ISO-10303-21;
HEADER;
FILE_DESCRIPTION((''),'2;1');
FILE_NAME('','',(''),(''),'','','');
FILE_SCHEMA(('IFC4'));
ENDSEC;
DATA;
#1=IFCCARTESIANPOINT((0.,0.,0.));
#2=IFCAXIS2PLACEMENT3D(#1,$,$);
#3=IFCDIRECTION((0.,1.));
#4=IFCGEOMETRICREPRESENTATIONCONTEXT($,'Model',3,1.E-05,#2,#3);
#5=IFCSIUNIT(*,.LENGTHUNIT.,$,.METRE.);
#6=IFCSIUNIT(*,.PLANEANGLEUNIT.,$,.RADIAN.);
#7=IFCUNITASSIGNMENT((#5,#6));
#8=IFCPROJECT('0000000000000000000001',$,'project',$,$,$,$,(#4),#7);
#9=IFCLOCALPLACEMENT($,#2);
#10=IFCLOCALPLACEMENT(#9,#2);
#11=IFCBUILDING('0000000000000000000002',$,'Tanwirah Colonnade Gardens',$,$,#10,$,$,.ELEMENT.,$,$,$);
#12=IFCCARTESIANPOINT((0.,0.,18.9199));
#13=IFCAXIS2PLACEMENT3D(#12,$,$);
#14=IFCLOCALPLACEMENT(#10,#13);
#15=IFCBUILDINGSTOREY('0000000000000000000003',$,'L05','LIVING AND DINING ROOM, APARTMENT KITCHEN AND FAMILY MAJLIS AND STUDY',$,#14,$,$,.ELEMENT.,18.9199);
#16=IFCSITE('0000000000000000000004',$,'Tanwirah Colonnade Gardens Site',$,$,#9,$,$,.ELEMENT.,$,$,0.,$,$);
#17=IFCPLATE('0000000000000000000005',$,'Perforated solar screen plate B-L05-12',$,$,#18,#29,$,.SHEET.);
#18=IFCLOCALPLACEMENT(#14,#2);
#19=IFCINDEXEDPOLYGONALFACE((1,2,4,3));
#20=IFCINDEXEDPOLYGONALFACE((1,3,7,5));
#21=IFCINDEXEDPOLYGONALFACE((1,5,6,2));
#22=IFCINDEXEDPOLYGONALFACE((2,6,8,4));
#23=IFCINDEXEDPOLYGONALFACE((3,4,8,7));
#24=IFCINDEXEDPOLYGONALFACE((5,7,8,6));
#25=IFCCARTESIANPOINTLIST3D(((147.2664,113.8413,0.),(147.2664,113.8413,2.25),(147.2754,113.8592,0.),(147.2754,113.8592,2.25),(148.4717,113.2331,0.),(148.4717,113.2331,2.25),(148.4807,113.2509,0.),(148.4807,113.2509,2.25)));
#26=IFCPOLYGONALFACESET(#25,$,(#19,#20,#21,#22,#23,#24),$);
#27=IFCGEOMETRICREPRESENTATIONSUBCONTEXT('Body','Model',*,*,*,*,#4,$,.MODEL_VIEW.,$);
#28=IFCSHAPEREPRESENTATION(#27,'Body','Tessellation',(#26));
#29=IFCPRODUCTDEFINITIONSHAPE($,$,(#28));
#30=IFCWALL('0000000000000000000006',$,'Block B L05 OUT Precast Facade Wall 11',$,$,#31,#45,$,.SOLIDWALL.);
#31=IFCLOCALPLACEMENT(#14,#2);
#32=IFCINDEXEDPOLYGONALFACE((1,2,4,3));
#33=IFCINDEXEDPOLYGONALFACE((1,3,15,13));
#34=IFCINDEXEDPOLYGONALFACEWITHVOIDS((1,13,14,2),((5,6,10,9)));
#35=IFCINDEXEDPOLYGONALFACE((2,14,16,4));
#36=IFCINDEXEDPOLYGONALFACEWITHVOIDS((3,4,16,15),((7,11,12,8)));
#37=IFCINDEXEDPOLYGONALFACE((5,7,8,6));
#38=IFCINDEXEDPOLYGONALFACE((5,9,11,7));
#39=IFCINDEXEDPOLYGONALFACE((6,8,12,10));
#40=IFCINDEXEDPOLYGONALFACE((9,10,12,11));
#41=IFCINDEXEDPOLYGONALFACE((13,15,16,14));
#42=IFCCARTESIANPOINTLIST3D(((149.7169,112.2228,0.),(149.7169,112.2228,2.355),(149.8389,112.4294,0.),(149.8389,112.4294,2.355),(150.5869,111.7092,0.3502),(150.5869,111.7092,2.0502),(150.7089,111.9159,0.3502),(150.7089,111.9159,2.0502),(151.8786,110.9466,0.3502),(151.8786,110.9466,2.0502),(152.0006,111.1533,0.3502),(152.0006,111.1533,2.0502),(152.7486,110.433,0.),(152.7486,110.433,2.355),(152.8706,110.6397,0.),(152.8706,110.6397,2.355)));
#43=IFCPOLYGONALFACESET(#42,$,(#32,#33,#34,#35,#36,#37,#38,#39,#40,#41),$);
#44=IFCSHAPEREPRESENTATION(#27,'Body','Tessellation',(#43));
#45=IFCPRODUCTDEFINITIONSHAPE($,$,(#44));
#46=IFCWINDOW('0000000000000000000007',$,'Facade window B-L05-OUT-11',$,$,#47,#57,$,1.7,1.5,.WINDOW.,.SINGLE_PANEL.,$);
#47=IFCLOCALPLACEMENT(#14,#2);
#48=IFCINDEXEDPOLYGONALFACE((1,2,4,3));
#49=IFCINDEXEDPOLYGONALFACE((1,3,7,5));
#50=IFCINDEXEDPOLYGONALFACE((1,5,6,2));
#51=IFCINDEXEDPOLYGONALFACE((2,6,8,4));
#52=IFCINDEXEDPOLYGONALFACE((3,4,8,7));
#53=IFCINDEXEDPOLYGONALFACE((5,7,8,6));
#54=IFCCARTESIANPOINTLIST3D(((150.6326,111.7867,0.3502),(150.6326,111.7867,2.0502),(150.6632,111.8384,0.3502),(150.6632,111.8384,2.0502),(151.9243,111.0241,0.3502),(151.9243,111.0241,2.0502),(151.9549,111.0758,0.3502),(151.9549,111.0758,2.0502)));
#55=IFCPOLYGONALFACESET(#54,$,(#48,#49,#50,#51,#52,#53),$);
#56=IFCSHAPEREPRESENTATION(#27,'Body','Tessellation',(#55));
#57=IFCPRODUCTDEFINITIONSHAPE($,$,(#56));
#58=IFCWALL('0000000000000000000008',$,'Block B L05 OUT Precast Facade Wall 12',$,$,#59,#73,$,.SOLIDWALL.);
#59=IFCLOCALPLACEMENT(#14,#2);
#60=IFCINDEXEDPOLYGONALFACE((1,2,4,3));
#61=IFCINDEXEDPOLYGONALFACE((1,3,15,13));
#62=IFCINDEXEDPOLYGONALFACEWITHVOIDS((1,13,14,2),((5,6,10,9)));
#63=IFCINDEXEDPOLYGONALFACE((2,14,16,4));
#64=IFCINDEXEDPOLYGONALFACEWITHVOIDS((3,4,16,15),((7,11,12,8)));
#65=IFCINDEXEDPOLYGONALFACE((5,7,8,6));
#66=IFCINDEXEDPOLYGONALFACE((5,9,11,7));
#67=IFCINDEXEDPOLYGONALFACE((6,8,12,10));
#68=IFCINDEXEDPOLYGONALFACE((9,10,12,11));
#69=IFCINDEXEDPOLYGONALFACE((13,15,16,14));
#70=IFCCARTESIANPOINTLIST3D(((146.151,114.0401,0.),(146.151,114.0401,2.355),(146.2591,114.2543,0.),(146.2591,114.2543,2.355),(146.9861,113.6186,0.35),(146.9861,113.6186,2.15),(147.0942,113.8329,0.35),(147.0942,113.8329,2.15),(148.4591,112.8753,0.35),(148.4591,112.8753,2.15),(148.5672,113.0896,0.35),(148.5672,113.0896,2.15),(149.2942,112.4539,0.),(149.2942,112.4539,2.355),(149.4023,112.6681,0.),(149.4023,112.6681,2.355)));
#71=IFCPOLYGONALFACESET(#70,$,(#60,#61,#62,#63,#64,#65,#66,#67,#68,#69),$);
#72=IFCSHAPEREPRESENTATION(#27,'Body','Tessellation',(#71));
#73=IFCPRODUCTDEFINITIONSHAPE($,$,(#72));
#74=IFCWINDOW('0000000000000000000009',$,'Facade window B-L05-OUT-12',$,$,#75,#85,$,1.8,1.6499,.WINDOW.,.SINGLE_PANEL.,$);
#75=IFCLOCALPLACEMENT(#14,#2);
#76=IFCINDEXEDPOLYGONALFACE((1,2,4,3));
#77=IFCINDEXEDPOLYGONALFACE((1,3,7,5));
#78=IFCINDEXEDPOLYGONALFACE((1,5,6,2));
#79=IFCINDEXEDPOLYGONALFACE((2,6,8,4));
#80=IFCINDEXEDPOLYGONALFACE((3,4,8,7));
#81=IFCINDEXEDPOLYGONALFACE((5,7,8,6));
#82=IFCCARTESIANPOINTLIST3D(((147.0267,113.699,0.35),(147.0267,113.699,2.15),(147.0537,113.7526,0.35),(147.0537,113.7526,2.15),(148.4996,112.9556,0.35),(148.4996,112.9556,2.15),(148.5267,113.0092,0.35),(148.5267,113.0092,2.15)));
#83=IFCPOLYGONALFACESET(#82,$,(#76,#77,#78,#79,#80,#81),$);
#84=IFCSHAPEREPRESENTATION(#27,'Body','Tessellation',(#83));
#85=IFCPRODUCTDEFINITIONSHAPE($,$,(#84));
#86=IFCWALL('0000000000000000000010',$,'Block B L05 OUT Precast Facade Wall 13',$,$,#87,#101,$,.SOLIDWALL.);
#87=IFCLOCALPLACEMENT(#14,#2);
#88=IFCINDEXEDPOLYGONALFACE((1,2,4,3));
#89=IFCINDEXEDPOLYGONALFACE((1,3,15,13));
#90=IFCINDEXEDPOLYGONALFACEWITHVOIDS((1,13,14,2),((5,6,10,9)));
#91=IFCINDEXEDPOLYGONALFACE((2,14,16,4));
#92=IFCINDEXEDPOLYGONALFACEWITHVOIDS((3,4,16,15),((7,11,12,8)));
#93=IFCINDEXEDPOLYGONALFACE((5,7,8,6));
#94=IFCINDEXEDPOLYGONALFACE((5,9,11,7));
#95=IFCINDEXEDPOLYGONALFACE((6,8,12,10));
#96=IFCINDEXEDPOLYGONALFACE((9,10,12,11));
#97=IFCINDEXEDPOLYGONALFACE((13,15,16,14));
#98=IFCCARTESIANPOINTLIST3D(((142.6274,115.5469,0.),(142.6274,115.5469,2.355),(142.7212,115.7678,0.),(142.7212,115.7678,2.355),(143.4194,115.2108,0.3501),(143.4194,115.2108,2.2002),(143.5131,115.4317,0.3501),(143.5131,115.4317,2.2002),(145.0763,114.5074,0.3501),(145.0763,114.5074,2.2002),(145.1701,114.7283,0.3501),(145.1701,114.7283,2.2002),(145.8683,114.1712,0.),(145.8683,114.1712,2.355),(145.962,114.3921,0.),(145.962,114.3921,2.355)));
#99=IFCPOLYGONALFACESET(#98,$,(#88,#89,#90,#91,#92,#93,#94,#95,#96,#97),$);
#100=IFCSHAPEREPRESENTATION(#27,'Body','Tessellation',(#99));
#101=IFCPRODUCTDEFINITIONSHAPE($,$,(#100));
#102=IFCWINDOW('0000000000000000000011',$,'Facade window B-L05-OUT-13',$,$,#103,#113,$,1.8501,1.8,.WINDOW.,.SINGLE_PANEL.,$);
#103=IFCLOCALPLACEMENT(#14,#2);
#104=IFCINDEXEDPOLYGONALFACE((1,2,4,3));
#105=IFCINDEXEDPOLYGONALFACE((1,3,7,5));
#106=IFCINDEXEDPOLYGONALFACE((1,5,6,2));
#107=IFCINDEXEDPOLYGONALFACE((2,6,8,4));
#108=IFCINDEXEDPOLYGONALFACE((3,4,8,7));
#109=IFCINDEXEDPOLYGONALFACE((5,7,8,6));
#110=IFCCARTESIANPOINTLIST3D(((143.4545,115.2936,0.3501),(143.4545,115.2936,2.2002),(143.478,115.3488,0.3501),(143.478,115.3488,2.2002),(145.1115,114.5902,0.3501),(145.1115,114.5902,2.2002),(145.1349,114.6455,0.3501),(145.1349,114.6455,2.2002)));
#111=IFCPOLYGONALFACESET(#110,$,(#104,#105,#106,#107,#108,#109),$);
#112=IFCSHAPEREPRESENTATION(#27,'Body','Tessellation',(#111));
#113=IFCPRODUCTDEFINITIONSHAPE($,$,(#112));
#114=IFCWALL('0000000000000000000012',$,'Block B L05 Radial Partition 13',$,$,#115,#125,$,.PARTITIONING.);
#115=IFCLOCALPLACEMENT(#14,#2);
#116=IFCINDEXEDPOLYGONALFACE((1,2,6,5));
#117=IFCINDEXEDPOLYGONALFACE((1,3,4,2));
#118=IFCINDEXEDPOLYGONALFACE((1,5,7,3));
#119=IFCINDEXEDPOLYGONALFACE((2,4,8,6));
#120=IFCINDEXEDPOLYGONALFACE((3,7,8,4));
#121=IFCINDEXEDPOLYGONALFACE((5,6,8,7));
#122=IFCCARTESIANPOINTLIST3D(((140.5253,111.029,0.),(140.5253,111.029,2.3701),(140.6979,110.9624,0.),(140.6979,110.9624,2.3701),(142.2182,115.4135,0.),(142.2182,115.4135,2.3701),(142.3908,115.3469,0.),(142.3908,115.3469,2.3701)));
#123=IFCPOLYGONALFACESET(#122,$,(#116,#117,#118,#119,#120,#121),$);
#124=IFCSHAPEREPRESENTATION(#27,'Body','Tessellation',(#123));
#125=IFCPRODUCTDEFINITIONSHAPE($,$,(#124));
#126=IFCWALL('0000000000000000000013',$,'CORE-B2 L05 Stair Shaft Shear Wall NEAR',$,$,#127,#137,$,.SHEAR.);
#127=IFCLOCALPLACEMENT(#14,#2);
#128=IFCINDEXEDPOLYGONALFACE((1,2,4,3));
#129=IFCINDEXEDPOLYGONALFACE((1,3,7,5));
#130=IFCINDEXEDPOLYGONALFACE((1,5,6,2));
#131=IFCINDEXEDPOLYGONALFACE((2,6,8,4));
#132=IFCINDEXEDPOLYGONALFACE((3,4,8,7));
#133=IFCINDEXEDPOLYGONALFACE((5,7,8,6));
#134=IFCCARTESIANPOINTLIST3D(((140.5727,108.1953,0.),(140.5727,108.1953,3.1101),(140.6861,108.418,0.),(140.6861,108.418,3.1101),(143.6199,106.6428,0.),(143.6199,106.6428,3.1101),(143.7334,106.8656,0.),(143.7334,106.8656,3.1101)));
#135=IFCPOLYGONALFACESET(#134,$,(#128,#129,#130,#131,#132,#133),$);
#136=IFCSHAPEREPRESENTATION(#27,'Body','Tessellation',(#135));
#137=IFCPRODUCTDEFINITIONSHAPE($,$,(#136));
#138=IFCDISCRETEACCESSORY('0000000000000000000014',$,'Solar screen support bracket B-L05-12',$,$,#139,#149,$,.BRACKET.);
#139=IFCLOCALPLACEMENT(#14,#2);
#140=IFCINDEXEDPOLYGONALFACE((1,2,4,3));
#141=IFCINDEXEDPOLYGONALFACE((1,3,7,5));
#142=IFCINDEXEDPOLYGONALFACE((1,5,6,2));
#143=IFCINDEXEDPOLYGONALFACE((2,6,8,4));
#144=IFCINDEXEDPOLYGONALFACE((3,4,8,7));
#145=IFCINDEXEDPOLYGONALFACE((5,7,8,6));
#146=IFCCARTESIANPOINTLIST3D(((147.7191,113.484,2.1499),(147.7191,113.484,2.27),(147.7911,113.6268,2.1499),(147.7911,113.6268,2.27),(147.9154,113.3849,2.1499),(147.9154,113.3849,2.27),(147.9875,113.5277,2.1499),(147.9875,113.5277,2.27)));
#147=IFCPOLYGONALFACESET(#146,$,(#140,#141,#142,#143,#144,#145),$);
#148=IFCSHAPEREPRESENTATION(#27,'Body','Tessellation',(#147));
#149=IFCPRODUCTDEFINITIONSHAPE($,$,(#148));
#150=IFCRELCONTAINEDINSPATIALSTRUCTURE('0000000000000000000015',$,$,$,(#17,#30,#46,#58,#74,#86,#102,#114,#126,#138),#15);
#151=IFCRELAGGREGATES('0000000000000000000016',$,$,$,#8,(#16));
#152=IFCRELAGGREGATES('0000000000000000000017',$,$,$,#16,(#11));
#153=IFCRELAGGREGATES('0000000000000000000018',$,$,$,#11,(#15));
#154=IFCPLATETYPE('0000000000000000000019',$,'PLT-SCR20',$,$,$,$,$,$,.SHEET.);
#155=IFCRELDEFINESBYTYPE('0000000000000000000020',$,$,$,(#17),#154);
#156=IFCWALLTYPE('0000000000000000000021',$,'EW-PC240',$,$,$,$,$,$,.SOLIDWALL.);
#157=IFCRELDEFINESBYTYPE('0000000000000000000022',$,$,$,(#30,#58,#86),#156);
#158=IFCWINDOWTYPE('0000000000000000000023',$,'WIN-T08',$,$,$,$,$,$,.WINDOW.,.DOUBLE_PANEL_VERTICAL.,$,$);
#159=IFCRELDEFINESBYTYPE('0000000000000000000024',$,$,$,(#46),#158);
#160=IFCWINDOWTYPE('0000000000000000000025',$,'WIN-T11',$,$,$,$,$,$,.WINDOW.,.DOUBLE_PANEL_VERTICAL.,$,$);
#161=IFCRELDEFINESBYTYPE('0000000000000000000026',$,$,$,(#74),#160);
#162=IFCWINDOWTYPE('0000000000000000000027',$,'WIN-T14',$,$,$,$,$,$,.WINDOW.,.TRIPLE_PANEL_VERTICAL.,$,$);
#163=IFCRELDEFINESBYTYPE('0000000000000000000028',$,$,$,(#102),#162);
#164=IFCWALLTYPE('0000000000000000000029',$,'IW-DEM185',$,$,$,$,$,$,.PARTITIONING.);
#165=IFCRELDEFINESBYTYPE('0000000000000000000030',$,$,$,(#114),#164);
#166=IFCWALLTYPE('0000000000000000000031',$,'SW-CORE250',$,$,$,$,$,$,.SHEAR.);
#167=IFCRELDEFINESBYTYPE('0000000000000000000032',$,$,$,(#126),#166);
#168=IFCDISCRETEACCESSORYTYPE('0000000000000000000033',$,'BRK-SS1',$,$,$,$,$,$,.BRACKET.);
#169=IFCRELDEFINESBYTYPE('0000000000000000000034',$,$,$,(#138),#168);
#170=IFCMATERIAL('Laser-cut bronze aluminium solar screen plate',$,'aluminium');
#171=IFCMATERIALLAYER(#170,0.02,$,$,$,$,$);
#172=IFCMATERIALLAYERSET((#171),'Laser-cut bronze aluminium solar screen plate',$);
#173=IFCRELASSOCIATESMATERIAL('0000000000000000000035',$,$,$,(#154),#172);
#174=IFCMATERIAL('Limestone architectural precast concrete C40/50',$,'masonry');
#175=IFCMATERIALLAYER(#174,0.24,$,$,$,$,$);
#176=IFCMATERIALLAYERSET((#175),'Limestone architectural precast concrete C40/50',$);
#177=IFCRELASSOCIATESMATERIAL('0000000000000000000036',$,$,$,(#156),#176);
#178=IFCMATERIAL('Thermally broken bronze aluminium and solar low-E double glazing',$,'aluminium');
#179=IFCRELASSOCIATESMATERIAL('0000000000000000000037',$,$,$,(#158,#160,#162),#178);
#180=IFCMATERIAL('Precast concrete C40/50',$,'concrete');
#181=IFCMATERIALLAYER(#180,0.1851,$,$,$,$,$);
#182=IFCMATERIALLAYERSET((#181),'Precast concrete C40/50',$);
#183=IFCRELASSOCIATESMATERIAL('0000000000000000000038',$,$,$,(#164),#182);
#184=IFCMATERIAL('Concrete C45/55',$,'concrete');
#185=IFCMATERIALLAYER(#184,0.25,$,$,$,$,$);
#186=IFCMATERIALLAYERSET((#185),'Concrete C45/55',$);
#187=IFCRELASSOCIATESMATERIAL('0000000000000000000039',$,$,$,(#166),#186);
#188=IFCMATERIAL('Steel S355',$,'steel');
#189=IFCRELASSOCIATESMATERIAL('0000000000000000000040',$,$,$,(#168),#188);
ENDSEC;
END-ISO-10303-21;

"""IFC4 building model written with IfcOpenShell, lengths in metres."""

from ifc_helpers import new_model, si_unit, direction, frame, frame_2d, origin, origin_2d, place, context, subcontext, project, spatial, rectangle, extrude, material, layer, layer_set, type_object, element, fill, save


model = new_model("IFC4")

# Units and contexts
model_context = context("Model", 3, precision=1e-05, world=origin(), true_north=direction((0.0, 1.0)))
body_context = subcontext(model_context, "Body", "Model", "MODEL_VIEW")
ifc_project = project(units=[si_unit("LENGTHUNIT", "METRE"), si_unit("PLANEANGLEUNIT", "RADIAN")], contexts=[model_context])

# Site, building, storey
site_placement = place(None, origin())
site = spatial("IfcSite", under=ifc_project, at=site_placement, Name="Tanwirah Colonnade Gardens Site", CompositionType="ELEMENT", RefElevation=0.0)
building_placement = place(site_placement, origin())
building = spatial("IfcBuilding", under=site, at=building_placement, Name="Tanwirah Colonnade Gardens", CompositionType="ELEMENT")
storey_placement = place(building_placement, frame((0.0, 0.0, 18.9199)))
storey = spatial("IfcBuildingStorey", under=building, at=storey_placement, Name="L05", Description="LIVING AND DINING ROOM, APARTMENT KITCHEN AND FAMILY MAJLIS AND STUDY", CompositionType="ELEMENT", Elevation=18.9199)

# Shared definitions
ifc_material_1 = material(Name="Precast concrete C40/50", Category="concrete")

# Plate
ifc_material_2 = material(Name="Laser-cut bronze aluminium solar screen plate", Category="aluminium")
ifc_layer_1 = layer(ifc_material_2, 0.02)
ifc_layer_set_1 = layer_set([ifc_layer_1], Name="Laser-cut bronze aluminium solar screen plate")
plate_type = type_object("IfcPlateType", Name="PLT-SCR20", PredefinedType="SHEET", material=ifc_layer_set_1)
plate_placement = place(storey_placement, frame((147.8735, 113.5461, 0.0), z_axis=(0.0, 0.0, 1.0), x_axis=(-0.89276, 0.450533, 0.0)))
element("IfcPlate", 1, at=plate_placement, inside=storey, type_object=plate_type, Name="Perforated solar screen plate B-L05-12", PredefinedType="SHEET", context=body_context, shape_type="SweptSolid", body=[
    extrude(rectangle(XDim=1.3501, YDim=0.02, at=origin_2d()), origin(), (0.0, 0.0, 1.0), 2.25),
])

# Walls, openings, windows
ifc_material_3 = material(Name="Limestone architectural precast concrete C40/50", Category="masonry")
ifc_layer_2 = layer(ifc_material_3, 0.24)
ifc_layer_set_2 = layer_set([ifc_layer_2], Name="Limestone architectural precast concrete C40/50")
wall_type_1 = type_object("IfcWallType", Name="EW-PC240", PredefinedType="SOLIDWALL", material=ifc_layer_set_2)
wall_1_placement = place(storey_placement, frame((152.8096, 110.5364, 0.0), z_axis=(0.0, 0.0, 1.0), x_axis=(-0.861136, 0.508374, 0.0)))
wall_1 = element("IfcWall", 2, at=wall_1_placement, inside=storey, type_object=wall_type_1, Name="Block B L05 OUT Precast Facade Wall 11", PredefinedType="SOLIDWALL", context=body_context, shape_type="SweptSolid", body=[
    extrude(rectangle(XDim=3.5205, YDim=0.24, at=frame_2d((1.7603, 0.0))), origin(), (0.0, 0.0, 1.0), 2.355),
])
opening_1_placement = place(wall_1_placement, frame((1.0103, 0.0, 0.3501)))
opening_1 = element("IfcOpeningElement", 3, at=opening_1_placement, cuts=wall_1, PredefinedType="OPENING", context=body_context, shape_type="SweptSolid", body=[
    extrude(rectangle(XDim=1.5, YDim=1.7, at=frame_2d((0.75, 0.8501))), frame((0.0, 0.1299, 0.0), z_axis=(0.0, -1.0, 0.0), x_axis=(1.0, 0.0, 0.0)), (0.0, 0.0, 1.0), 0.26),
])
ifc_material_4 = material(Name="Thermally broken bronze aluminium and solar low-E double glazing", Category="aluminium")
window_type_1 = type_object("IfcWindowType", Name="WIN-T08", PartitioningType="DOUBLE_PANEL_VERTICAL", PredefinedType="WINDOW", material=ifc_material_4)
window_1_placement = place(opening_1_placement, origin())
window_1 = element("IfcWindow", 4, at=window_1_placement, inside=storey, type_object=window_type_1, Name="Facade window B-L05-OUT-11", OverallHeight=1.7, OverallWidth=1.5, PartitioningType="SINGLE_PANEL", PredefinedType="WINDOW", context=body_context, shape_type="SweptSolid", body=[
    extrude(rectangle(XDim=1.5, YDim=1.7, at=frame_2d((0.75, 0.8501))), frame((0.0, 0.03, 0.0), z_axis=(0.0, -1.0, 0.0), x_axis=(1.0, 0.0, 0.0)), (0.0, 0.0, 1.0), 0.0601),
])
fill(opening_1, window_1)
wall_2_placement = place(storey_placement, frame((149.3481, 112.561, 0.0), z_axis=(0.0, 0.0, 1.0), x_axis=(-0.892757, 0.450539, 0.0)))
wall_2 = element("IfcWall", 5, at=wall_2_placement, inside=storey, type_object=wall_type_1, Name="Block B L05 OUT Precast Facade Wall 12", PredefinedType="SOLIDWALL", context=body_context, shape_type="SweptSolid", body=[
    extrude(rectangle(XDim=3.5208, YDim=0.24, at=frame_2d((1.7603, 0.0))), origin(), (0.0, 0.0, 1.0), 2.355),
])
opening_2_placement = place(wall_2_placement, frame((0.9353, 0.0, 0.3501)))
opening_2 = element("IfcOpeningElement", 6, at=opening_2_placement, cuts=wall_2, PredefinedType="OPENING", context=body_context, shape_type="SweptSolid", body=[
    extrude(rectangle(XDim=1.6499, YDim=1.8, at=frame_2d((0.825, 0.8999))), frame((0.0, 0.1299, 0.0), z_axis=(0.0, -1.0, 0.0), x_axis=(1.0, 0.0, 0.0)), (0.0, 0.0, 1.0), 0.26),
])
window_type_2 = type_object("IfcWindowType", Name="WIN-T11", PartitioningType="DOUBLE_PANEL_VERTICAL", PredefinedType="WINDOW", material=ifc_material_4)
window_2_placement = place(opening_2_placement, origin())
window_2 = element("IfcWindow", 7, at=window_2_placement, inside=storey, type_object=window_type_2, Name="Facade window B-L05-OUT-12", OverallHeight=1.8, OverallWidth=1.6499, PartitioningType="SINGLE_PANEL", PredefinedType="WINDOW", context=body_context, shape_type="SweptSolid", body=[
    extrude(rectangle(XDim=1.6499, YDim=1.8, at=frame_2d((0.825, 0.8999))), frame((0.0, 0.03, 0.0), z_axis=(0.0, -1.0, 0.0), x_axis=(1.0, 0.0, 0.0)), (0.0, 0.0, 1.0), 0.0601),
])
fill(opening_2, window_2)
wall_3_placement = place(storey_placement, frame((145.915, 114.2817, 0.0), z_axis=(0.0, 0.0, 1.0), x_axis=(-0.920502, 0.390737, 0.0)))
wall_3 = element("IfcWall", 8, at=wall_3_placement, inside=storey, type_object=wall_type_1, Name="Block B L05 OUT Precast Facade Wall 13", PredefinedType="SOLIDWALL", context=body_context, shape_type="SweptSolid", body=[
    extrude(rectangle(XDim=3.5208, YDim=0.24, at=frame_2d((1.7603, 0.0))), origin(), (0.0, 0.0, 1.0), 2.355),
])
opening_3_placement = place(wall_3_placement, frame((0.8604, 0.0, 0.3501)))
opening_3 = element("IfcOpeningElement", 9, at=opening_3_placement, cuts=wall_3, PredefinedType="OPENING", context=body_context, shape_type="SweptSolid", body=[
    extrude(rectangle(XDim=1.8, YDim=1.8501, at=frame_2d((0.8999, 0.925))), frame((0.0, 0.1299, 0.0), z_axis=(0.0, -1.0, 0.0), x_axis=(1.0, 0.0, 0.0)), (0.0, 0.0, 1.0), 0.26),
])
window_type_3 = type_object("IfcWindowType", Name="WIN-T14", PartitioningType="TRIPLE_PANEL_VERTICAL", PredefinedType="WINDOW", material=ifc_material_4)
window_3_placement = place(opening_3_placement, origin())
window_3 = element("IfcWindow", 10, at=window_3_placement, inside=storey, type_object=window_type_3, Name="Facade window B-L05-OUT-13", OverallHeight=1.8501, OverallWidth=1.8, PartitioningType="SINGLE_PANEL", PredefinedType="WINDOW", context=body_context, shape_type="SweptSolid", body=[
    extrude(rectangle(XDim=1.8, YDim=1.8501, at=frame_2d((0.8999, 0.925))), frame((0.0, 0.03, 0.0), z_axis=(0.0, -1.0, 0.0), x_axis=(1.0, 0.0, 0.0)), (0.0, 0.0, 1.0), 0.0601),
])
fill(opening_3, window_3)

# Walls
ifc_layer_3 = layer(ifc_material_1, 0.1851)
ifc_layer_set_3 = layer_set([ifc_layer_3], Name="Precast concrete C40/50")
wall_type_2 = type_object("IfcWallType", Name="IW-DEM185", PredefinedType="PARTITIONING", material=ifc_layer_set_3)
wall_4_placement = place(storey_placement, frame((140.6116, 110.9956, 0.0), z_axis=(0.0, 0.0, 1.0), x_axis=(0.360187, 0.93288, 0.0)))
element("IfcWall", 11, at=wall_4_placement, inside=storey, type_object=wall_type_2, Name="Block B L05 Radial Partition 13", PredefinedType="PARTITIONING", context=body_context, shape_type="SweptSolid", body=[
    extrude(rectangle(XDim=4.7, YDim=0.1851, at=frame_2d((2.3501, 0.0))), origin(), (0.0, 0.0, 1.0), 2.3701),
])
ifc_material_5 = material(Name="Concrete C45/55", Category="concrete")
ifc_layer_4 = layer(ifc_material_5, 0.25)
ifc_layer_set_4 = layer_set([ifc_layer_4], Name="Concrete C45/55")
wall_type_3 = type_object("IfcWallType", Name="SW-CORE250", PredefinedType="SHEAR", material=ifc_layer_set_4)
wall_5_placement = place(storey_placement, frame((140.6294, 108.3066, 0.0), z_axis=(0.0, 0.0, 1.0), x_axis=(0.891032, -0.45394, 0.0)))
element("IfcWall", 12, at=wall_5_placement, inside=storey, type_object=wall_type_3, Name="CORE-B2 L05 Stair Shaft Shear Wall NEAR", PredefinedType="SHEAR", context=body_context, shape_type="SweptSolid", body=[
    extrude(rectangle(XDim=3.4199, YDim=0.25, at=frame_2d((1.71, 0.0))), origin(), (0.0, 0.0, 1.0), 3.1101),
])

# Discrete accessory
ifc_material_6 = material(Name="Steel S355", Category="steel")
discrete_accessory_type = type_object("IfcDiscreteAccessoryType", Name="BRK-SS1", PredefinedType="BRACKET", material=ifc_material_6)
discrete_accessory_placement = place(storey_placement, frame((147.8533, 113.5059, 2.1499), z_axis=(0.0, 0.0, 1.0), x_axis=(-0.89276, 0.450533, 0.0)))
element("IfcDiscreteAccessory", 13, at=discrete_accessory_placement, inside=storey, type_object=discrete_accessory_type, Name="Solar screen support bracket B-L05-12", PredefinedType="BRACKET", context=body_context, shape_type="SweptSolid", body=[
    extrude(rectangle(XDim=0.22, YDim=0.1599, at=origin_2d()), origin(), (0.0, 0.0, 1.0), 0.1201),
])

save(model, "model.ifc")
